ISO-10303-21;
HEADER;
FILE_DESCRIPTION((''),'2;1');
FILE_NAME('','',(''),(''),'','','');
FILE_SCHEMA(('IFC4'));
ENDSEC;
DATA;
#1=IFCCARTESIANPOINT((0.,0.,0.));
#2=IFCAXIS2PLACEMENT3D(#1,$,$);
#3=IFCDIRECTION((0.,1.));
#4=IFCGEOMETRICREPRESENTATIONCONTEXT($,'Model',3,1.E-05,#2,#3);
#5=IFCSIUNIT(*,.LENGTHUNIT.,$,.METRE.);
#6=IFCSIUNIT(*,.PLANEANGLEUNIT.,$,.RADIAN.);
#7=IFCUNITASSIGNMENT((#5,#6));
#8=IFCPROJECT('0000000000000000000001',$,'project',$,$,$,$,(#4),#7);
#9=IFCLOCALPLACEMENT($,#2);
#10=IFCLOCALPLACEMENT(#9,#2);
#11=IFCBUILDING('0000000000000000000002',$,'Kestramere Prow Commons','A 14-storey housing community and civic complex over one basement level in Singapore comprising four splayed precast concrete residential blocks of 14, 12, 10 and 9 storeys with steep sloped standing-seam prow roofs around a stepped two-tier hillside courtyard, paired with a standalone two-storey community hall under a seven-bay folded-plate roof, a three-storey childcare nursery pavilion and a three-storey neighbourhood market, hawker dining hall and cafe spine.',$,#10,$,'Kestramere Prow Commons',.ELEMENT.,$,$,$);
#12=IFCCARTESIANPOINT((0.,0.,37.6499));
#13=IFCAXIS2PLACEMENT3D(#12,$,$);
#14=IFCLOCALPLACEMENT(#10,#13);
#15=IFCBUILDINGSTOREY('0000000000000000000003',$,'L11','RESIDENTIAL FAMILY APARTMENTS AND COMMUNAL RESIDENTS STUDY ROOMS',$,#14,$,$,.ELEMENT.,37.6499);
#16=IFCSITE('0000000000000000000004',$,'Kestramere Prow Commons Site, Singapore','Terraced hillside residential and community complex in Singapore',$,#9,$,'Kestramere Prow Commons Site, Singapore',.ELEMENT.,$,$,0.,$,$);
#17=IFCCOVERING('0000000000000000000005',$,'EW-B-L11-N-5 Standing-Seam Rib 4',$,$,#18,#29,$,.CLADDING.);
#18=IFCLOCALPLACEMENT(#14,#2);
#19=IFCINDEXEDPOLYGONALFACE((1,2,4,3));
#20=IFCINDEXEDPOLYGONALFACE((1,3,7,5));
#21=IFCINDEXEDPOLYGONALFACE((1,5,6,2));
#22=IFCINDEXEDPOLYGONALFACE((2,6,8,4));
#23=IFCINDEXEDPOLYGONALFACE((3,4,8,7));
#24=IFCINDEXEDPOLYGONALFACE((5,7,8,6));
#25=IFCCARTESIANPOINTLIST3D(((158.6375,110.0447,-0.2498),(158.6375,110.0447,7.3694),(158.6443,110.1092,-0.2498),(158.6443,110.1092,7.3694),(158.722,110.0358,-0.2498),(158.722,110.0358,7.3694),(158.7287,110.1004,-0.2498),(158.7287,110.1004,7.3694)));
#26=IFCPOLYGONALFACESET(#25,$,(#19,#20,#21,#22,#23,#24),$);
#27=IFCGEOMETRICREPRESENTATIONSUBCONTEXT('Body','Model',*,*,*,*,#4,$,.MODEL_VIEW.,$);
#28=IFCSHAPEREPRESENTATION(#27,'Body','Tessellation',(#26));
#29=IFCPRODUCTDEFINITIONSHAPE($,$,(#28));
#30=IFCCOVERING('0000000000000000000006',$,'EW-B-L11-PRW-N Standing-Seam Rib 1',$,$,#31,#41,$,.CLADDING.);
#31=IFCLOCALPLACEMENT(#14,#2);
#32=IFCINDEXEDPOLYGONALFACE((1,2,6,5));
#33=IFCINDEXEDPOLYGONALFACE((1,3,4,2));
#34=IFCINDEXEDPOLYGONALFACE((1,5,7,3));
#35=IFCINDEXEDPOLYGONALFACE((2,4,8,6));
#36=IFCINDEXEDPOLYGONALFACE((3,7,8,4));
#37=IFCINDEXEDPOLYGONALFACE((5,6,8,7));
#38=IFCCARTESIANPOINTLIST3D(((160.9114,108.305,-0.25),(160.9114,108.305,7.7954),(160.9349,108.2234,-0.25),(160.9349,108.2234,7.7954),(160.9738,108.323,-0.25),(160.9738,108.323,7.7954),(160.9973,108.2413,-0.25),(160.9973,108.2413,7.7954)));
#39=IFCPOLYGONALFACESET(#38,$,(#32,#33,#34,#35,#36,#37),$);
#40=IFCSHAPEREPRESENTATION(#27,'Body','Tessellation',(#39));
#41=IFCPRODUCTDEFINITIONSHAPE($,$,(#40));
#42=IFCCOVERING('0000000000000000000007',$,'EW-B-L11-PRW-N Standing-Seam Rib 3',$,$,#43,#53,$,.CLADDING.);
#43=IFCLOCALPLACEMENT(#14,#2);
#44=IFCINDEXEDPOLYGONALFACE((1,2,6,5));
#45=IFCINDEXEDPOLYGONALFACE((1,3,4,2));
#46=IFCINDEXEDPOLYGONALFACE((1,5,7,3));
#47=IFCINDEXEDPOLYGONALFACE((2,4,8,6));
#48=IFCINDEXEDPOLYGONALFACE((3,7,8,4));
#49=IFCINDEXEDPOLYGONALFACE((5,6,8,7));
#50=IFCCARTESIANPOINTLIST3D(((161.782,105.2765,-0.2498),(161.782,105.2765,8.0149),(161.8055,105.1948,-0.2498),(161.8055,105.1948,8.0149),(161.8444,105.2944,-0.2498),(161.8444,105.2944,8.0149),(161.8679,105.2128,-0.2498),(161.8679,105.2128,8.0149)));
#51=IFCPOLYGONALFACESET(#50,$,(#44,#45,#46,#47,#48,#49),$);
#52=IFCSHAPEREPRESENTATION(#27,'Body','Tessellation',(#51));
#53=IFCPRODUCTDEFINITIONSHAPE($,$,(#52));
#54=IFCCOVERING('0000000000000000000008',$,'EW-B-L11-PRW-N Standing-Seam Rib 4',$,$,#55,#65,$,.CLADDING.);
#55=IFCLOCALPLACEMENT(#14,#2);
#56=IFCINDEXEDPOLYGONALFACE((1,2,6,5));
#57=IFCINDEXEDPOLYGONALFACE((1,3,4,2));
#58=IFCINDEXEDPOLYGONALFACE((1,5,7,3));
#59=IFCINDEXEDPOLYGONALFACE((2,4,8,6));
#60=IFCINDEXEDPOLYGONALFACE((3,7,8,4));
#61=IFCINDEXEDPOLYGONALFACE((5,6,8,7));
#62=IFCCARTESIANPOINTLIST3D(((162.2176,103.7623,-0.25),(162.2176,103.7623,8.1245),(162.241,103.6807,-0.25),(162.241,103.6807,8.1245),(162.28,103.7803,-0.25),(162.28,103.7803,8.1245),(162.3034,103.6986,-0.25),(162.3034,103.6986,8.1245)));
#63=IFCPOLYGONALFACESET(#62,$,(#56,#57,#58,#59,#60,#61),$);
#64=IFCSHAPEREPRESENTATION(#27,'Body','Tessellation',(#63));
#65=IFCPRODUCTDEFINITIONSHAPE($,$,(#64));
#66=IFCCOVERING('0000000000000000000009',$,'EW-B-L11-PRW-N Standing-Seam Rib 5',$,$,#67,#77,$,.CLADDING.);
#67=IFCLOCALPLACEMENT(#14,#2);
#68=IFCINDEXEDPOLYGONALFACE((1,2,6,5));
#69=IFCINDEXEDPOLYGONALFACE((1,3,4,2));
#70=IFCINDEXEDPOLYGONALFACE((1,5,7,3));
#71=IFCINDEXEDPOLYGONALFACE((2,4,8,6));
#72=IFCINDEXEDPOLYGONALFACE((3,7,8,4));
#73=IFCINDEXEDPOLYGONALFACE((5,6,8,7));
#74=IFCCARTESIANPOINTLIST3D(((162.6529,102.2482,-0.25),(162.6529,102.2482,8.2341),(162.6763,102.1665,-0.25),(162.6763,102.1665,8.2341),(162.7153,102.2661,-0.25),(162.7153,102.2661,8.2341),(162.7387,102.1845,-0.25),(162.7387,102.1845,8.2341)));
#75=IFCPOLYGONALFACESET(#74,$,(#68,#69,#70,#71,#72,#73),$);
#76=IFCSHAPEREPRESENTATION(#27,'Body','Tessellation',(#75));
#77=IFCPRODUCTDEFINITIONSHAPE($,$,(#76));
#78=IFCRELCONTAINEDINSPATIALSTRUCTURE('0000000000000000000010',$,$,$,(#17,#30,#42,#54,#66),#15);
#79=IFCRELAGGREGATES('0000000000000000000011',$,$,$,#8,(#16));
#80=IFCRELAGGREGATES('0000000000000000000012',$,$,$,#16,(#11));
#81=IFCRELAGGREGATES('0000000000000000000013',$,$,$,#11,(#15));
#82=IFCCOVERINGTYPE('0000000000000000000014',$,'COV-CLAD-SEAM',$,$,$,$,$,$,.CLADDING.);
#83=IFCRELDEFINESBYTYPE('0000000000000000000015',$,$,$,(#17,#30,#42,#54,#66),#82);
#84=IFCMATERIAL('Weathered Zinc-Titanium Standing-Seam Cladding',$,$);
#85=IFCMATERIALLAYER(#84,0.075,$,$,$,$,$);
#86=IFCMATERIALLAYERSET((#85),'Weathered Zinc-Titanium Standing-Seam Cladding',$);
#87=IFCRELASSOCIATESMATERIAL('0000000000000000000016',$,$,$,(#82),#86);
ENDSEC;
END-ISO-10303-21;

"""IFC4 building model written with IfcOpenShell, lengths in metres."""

from ifc_helpers import new_model, si_unit, direction, frame, origin, origin_2d, place, context, subcontext, project, spatial, rectangle, extrude, material, layer, layer_set, type_object, element, save


model = new_model("IFC4")

# Units and contexts
model_context = context("Model", 3, precision=1e-05, world=origin(), true_north=direction((0.0, 1.0)))
body_context = subcontext(model_context, "Body", "Model", "MODEL_VIEW")
ifc_project = project(units=[si_unit("LENGTHUNIT", "METRE"), si_unit("PLANEANGLEUNIT", "RADIAN")], contexts=[model_context])

# Site, building, storey
site_placement = place(None, origin())
site = spatial("IfcSite", under=ifc_project, at=site_placement, Name="Kestramere Prow Commons Site, Singapore", Description="Terraced hillside residential and community complex in Singapore", LongName="Kestramere Prow Commons Site, Singapore", CompositionType="ELEMENT", RefElevation=0.0)
building_placement = place(site_placement, origin())
building = spatial("IfcBuilding", under=site, at=building_placement, Name="Kestramere Prow Commons", Description="A 14-storey housing community and civic complex over one basement level in Singapore comprising four splayed precast concrete residential blocks of 14, 12, 10 and 9 storeys with steep sloped standing-seam prow roofs around a stepped two-tier hillside courtyard, paired with a standalone two-storey community hall under a seven-bay folded-plate roof, a three-storey childcare nursery pavilion and a three-storey neighbourhood market, hawker dining hall and cafe spine.", LongName="Kestramere Prow Commons", CompositionType="ELEMENT")
storey_placement = place(building_placement, frame((0.0, 0.0, 37.6499)))
storey = spatial("IfcBuildingStorey", under=building, at=storey_placement, Name="L11", Description="RESIDENTIAL FAMILY APARTMENTS AND COMMUNAL RESIDENTS STUDY ROOMS", CompositionType="ELEMENT", Elevation=37.6499)

# Shared definitions
ifc_material_1 = material(Name="Weathered Zinc-Titanium Standing-Seam Cladding")

# Coverings
ifc_layer_1 = layer(ifc_material_1, 0.075)
ifc_layer_set_1 = layer_set([ifc_layer_1], Name="Weathered Zinc-Titanium Standing-Seam Cladding")
covering_type = type_object("IfcCoveringType", Name="COV-CLAD-SEAM", PredefinedType="CLADDING", material=ifc_layer_set_1)
covering_1_placement = place(storey_placement, frame((158.6831, 110.0725, -0.2498), z_axis=(0.0, 0.0, 1.0), x_axis=(0.994522, -0.104528, 0.0)))
element("IfcCovering", 1, at=covering_1_placement, inside=storey, type_object=covering_type, Name="EW-B-L11-N-5 Standing-Seam Rib 4", PredefinedType="CLADDING", context=body_context, shape_type="SweptSolid", body=[
    extrude(rectangle(XDim=0.085, YDim=0.0649, at=origin_2d()), origin(), (0.0, 0.0, 1.0), 7.6191),
])
covering_2_placement = place(storey_placement, frame((160.9543, 108.2732, -0.25), z_axis=(0.0, 0.0, 1.0), x_axis=(0.276318, -0.961066, 0.0)))
element("IfcCovering", 2, at=covering_2_placement, inside=storey, type_object=covering_type, Name="EW-B-L11-PRW-N Standing-Seam Rib 1", PredefinedType="CLADDING", context=body_context, shape_type="SweptSolid", body=[
    extrude(rectangle(XDim=0.085, YDim=0.0649, at=origin_2d()), origin(), (0.0, 0.0, 1.0), 8.0454),
])
covering_3_placement = place(storey_placement, frame((161.825, 105.2446, -0.2498), z_axis=(0.0, 0.0, 1.0), x_axis=(0.276318, -0.961066, 0.0)))
element("IfcCovering", 3, at=covering_3_placement, inside=storey, type_object=covering_type, Name="EW-B-L11-PRW-N Standing-Seam Rib 3", PredefinedType="CLADDING", context=body_context, shape_type="SweptSolid", body=[
    extrude(rectangle(XDim=0.085, YDim=0.0649, at=origin_2d()), origin(), (0.0, 0.0, 1.0), 8.2646),
])
covering_4_placement = place(storey_placement, frame((162.2605, 103.7305, -0.25), z_axis=(0.0, 0.0, 1.0), x_axis=(0.276318, -0.961066, 0.0)))
element("IfcCovering", 4, at=covering_4_placement, inside=storey, type_object=covering_type, Name="EW-B-L11-PRW-N Standing-Seam Rib 4", PredefinedType="CLADDING", context=body_context, shape_type="SweptSolid", body=[
    extrude(rectangle(XDim=0.085, YDim=0.0649, at=origin_2d()), origin(), (0.0, 0.0, 1.0), 8.3745),
])
covering_5_placement = place(storey_placement, frame((162.6958, 102.2163, -0.25), z_axis=(0.0, 0.0, 1.0), x_axis=(0.276318, -0.961066, 0.0)))
element("IfcCovering", 5, at=covering_5_placement, inside=storey, type_object=covering_type, Name="EW-B-L11-PRW-N Standing-Seam Rib 5", PredefinedType="CLADDING", context=body_context, shape_type="SweptSolid", body=[
    extrude(rectangle(XDim=0.085, YDim=0.0649, at=origin_2d()), origin(), (0.0, 0.0, 1.0), 8.4841),
])

save(model, "model.ifc")
